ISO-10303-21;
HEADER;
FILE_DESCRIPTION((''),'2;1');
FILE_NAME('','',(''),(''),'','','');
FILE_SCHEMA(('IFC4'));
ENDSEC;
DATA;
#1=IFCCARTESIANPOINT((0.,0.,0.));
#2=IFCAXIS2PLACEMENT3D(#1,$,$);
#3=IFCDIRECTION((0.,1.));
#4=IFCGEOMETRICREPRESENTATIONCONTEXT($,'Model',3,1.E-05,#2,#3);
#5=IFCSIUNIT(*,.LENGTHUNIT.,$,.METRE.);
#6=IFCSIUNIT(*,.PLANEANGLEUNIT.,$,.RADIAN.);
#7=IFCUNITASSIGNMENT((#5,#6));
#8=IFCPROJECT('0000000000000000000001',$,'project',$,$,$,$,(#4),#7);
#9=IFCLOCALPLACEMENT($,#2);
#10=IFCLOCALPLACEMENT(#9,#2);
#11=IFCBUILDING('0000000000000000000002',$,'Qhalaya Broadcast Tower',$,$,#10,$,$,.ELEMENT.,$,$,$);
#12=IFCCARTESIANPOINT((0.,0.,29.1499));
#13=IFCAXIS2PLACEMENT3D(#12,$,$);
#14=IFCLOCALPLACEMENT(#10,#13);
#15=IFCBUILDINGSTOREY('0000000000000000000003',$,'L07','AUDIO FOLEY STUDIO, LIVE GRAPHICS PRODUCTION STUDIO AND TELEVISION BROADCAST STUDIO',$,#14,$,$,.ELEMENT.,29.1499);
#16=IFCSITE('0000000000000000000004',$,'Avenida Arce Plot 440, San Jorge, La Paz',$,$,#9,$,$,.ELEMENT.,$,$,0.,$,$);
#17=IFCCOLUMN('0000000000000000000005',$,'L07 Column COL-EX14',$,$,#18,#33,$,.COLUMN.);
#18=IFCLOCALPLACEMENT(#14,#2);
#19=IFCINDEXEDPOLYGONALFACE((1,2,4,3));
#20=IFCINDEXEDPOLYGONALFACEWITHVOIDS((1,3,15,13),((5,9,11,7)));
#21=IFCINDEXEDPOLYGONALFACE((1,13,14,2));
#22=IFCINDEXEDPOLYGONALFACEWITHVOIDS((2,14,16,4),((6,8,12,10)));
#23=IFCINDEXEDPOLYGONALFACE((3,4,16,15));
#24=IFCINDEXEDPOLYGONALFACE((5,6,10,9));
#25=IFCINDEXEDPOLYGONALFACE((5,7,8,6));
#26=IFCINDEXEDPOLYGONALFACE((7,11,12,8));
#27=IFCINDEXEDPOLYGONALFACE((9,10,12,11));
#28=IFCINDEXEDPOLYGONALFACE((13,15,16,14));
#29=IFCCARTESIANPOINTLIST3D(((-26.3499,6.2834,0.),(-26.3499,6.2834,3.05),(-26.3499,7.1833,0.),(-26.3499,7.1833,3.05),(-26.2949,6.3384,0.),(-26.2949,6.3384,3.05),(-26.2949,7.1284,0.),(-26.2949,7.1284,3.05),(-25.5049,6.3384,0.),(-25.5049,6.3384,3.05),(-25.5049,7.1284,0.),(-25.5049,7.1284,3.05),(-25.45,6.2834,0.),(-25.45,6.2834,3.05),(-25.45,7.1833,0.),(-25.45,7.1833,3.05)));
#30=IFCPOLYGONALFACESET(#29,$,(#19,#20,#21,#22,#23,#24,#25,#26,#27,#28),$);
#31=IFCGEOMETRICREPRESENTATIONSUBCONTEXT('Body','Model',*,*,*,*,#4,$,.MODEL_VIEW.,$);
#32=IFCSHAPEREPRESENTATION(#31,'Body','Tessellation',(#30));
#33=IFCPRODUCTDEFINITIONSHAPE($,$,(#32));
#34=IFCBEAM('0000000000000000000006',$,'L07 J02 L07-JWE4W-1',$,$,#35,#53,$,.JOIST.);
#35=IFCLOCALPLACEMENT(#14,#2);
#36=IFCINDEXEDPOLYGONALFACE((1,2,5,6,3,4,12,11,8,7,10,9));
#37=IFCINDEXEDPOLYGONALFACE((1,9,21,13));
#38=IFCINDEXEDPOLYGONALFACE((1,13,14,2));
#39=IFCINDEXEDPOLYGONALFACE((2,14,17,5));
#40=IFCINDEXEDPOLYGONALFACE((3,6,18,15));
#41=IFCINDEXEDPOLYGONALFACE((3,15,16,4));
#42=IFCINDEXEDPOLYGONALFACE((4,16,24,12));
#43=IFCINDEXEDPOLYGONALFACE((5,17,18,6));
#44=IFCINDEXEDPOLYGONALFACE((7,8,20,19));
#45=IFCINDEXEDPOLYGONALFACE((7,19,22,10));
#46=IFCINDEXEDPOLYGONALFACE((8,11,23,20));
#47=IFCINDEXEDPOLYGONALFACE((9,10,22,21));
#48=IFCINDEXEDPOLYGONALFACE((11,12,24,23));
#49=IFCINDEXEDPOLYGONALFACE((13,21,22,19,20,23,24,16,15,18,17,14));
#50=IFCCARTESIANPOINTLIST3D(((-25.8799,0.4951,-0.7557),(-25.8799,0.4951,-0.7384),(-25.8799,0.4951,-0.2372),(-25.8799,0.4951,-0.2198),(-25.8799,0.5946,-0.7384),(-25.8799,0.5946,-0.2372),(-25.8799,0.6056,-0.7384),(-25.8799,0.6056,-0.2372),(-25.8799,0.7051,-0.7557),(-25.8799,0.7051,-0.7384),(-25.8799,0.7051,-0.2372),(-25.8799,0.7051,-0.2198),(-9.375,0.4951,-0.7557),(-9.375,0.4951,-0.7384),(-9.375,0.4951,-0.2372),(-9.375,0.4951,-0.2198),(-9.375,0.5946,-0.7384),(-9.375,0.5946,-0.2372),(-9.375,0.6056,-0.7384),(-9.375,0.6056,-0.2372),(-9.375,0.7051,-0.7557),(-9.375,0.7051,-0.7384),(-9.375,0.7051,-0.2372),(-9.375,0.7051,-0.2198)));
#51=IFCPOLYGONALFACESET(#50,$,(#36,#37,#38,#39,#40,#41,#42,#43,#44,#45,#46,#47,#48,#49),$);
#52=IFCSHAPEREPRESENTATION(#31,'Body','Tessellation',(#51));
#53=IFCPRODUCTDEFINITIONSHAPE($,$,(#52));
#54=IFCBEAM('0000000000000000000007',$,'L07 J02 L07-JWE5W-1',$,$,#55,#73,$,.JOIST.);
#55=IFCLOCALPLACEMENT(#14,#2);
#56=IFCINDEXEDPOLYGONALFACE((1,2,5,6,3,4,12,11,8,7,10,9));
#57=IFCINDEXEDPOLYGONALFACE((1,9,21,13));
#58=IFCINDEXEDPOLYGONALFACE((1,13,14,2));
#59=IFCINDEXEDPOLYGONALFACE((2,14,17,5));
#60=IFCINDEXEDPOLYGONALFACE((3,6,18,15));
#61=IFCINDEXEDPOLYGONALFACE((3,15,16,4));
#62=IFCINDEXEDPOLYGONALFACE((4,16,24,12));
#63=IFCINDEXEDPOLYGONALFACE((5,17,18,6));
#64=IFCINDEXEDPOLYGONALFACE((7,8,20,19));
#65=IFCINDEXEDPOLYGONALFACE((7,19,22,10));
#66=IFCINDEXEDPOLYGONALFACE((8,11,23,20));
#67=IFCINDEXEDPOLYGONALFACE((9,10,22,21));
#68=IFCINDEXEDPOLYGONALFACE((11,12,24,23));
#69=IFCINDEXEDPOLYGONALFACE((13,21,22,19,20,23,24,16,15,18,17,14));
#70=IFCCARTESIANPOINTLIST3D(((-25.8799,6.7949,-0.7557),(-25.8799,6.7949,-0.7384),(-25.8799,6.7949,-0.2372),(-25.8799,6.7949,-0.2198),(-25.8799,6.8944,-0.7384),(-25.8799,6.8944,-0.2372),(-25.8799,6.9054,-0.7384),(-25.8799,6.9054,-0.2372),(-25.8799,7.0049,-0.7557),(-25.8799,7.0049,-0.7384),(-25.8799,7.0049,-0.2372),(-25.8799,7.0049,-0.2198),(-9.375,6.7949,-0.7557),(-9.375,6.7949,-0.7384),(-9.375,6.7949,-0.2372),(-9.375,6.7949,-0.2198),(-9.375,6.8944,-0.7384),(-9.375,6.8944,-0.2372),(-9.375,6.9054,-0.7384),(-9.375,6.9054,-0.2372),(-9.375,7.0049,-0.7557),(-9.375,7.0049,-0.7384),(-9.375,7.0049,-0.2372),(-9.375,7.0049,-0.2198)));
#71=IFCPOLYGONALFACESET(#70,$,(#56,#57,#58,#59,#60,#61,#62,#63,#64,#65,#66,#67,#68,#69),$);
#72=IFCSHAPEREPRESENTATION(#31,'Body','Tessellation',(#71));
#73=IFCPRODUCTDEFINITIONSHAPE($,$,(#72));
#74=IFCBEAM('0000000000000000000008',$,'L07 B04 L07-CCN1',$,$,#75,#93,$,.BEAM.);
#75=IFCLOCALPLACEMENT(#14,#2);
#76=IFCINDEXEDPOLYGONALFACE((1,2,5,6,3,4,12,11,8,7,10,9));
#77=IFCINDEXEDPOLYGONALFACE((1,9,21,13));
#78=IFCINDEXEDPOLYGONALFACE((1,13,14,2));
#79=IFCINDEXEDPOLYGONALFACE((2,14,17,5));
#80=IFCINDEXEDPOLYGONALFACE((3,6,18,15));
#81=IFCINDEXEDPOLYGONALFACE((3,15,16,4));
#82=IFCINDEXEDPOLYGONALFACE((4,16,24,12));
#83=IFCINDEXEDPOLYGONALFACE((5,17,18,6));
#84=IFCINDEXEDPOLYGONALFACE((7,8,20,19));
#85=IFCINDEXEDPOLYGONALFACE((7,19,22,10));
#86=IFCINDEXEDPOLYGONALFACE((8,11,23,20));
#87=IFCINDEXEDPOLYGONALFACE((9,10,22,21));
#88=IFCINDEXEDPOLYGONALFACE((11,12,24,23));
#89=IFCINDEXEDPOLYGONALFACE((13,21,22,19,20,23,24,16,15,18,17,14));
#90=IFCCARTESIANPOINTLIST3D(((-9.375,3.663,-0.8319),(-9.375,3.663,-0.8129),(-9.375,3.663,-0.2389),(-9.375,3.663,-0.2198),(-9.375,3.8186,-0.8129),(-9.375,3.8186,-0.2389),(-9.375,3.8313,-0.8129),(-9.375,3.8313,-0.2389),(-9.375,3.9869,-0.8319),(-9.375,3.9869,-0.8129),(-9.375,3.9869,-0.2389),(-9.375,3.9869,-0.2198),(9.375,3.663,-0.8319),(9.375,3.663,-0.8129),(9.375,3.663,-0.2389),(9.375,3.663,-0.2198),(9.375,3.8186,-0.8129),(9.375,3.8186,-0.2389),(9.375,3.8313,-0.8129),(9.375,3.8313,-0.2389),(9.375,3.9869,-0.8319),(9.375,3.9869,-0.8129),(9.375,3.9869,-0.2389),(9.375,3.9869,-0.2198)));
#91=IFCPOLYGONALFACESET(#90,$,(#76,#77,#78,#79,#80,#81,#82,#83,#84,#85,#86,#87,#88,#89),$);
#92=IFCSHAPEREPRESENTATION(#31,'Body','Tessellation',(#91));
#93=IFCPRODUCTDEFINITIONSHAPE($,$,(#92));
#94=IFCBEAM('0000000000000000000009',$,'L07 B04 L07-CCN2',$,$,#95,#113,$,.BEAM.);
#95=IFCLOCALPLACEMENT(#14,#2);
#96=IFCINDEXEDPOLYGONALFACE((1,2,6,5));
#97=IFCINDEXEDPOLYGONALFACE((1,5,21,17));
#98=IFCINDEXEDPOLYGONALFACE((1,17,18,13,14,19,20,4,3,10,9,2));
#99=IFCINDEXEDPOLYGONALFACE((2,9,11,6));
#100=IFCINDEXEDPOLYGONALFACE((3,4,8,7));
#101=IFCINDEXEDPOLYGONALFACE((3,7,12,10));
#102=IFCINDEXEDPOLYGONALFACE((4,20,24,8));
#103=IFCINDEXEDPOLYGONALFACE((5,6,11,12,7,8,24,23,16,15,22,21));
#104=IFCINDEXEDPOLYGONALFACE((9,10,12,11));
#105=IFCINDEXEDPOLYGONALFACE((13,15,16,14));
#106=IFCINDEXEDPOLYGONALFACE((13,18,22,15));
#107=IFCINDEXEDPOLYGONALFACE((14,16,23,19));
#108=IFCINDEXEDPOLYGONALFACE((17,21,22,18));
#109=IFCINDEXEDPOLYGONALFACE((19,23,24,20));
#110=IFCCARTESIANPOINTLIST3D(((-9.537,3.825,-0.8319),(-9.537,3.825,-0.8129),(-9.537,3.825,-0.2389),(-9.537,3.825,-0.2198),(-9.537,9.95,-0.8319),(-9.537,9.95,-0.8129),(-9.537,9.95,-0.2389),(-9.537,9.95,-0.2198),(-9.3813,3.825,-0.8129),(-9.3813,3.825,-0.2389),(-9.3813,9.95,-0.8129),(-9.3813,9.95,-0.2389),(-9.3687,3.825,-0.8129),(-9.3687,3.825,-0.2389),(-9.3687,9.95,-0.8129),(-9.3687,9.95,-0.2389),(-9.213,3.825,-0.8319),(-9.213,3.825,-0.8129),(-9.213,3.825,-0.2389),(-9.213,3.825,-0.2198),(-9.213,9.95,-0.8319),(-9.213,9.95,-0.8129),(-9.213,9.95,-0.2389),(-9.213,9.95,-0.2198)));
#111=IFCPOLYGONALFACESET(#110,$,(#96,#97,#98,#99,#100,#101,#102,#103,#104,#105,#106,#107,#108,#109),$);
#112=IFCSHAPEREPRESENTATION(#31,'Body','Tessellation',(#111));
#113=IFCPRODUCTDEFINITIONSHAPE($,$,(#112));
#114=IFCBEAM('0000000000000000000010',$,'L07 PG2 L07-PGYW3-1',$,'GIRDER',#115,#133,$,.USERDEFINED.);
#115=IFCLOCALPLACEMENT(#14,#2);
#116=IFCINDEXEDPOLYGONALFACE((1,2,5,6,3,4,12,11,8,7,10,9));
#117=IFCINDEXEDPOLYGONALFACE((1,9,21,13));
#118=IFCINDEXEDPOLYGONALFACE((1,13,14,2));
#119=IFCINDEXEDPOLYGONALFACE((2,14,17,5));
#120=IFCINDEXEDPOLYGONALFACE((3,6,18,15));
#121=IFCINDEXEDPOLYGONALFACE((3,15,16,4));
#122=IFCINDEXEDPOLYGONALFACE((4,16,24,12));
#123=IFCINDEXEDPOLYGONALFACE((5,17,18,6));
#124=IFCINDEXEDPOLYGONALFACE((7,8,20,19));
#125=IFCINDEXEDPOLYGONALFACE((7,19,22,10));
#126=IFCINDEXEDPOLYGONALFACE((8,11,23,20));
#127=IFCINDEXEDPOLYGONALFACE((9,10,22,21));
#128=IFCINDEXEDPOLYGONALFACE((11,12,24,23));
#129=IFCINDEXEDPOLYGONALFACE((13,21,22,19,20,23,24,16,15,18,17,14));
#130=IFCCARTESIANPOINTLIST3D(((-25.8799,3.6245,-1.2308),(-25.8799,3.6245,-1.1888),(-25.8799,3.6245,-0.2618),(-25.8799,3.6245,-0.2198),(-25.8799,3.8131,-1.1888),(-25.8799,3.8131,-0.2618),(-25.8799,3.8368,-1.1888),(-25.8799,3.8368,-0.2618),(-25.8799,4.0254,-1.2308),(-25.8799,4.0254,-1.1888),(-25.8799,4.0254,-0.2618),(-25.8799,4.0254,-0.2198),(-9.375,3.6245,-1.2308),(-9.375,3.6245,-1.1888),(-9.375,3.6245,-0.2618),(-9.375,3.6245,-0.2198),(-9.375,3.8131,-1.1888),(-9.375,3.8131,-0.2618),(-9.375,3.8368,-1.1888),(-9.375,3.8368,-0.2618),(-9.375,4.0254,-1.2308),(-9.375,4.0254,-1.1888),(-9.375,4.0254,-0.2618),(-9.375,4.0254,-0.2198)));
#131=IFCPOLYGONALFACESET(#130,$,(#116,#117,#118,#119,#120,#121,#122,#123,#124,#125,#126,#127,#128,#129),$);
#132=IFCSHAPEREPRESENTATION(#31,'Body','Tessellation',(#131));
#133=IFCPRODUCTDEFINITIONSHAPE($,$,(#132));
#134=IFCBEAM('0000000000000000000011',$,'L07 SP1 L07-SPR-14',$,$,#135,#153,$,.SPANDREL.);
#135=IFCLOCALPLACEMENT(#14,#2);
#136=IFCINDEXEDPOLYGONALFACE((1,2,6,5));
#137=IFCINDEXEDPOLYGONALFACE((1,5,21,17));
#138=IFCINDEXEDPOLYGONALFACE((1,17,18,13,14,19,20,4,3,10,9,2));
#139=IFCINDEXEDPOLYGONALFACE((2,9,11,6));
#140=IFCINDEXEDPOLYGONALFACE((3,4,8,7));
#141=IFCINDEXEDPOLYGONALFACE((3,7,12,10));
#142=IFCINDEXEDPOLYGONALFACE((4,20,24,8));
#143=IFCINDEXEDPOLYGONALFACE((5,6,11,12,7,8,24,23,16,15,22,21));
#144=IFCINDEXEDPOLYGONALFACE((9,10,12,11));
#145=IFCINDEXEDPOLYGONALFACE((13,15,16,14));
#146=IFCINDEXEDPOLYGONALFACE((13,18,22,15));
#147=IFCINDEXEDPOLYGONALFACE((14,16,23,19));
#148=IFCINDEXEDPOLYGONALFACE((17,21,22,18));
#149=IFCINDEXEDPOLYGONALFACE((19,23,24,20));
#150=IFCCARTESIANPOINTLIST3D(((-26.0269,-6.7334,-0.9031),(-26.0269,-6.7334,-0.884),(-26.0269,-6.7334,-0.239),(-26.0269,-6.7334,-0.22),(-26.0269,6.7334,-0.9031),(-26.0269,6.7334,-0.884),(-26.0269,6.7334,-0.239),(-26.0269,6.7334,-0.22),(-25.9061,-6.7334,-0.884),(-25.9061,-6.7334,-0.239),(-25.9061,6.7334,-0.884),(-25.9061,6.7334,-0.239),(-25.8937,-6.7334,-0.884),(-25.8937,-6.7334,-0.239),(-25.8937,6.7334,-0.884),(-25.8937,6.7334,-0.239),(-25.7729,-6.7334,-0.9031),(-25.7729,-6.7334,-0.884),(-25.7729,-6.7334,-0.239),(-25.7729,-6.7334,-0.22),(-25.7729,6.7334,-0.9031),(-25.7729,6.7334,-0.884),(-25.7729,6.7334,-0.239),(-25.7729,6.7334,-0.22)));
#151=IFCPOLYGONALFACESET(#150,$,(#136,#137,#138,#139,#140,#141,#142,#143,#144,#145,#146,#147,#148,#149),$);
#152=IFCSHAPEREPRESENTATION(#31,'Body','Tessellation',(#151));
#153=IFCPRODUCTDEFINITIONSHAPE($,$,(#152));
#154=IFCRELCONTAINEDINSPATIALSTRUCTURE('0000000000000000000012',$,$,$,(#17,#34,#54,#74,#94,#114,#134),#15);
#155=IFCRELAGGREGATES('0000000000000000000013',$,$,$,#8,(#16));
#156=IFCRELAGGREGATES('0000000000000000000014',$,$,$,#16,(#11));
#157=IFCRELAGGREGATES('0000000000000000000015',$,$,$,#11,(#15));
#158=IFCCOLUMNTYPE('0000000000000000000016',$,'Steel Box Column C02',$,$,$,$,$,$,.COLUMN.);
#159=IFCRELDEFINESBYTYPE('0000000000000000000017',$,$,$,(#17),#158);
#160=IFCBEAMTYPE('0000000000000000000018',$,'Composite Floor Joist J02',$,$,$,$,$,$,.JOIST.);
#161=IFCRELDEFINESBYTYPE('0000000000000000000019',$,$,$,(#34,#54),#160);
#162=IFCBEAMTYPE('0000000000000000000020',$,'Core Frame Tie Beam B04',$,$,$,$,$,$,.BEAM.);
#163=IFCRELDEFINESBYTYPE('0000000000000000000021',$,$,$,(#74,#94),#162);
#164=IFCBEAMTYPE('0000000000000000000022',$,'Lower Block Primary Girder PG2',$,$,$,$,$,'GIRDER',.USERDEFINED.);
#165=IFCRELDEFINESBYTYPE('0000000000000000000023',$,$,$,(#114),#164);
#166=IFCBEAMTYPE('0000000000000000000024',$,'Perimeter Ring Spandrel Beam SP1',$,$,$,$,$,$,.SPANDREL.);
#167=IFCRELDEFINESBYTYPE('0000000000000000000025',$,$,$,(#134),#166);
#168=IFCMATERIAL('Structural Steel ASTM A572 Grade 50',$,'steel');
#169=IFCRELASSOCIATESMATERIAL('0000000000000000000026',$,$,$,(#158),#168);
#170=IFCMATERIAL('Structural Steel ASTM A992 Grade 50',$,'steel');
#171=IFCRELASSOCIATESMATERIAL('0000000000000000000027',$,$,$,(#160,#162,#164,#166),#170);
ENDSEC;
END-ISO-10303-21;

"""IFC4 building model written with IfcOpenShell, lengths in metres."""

from ifc_helpers import new_model, si_unit, direction, frame, origin, origin_2d, place, context, subcontext, project, spatial, hollow_rectangle, i_section, extrude, material, material_profile, profile_set, type_object, element, save


model = new_model("IFC4")

# Units and contexts
model_context = context("Model", 3, precision=1e-05, world=origin(), true_north=direction((0.0, 1.0)))
body_context = subcontext(model_context, "Body", "Model", "MODEL_VIEW")
ifc_project = project(units=[si_unit("LENGTHUNIT", "METRE"), si_unit("PLANEANGLEUNIT", "RADIAN")], contexts=[model_context])

# Site, building, storey
site_placement = place(None, origin())
site = spatial("IfcSite", under=ifc_project, at=site_placement, Name="Avenida Arce Plot 440, San Jorge, La Paz", CompositionType="ELEMENT", RefElevation=0.0)
building_placement = place(site_placement, origin())
building = spatial("IfcBuilding", under=site, at=building_placement, Name="Qhalaya Broadcast Tower", CompositionType="ELEMENT")
storey_placement = place(building_placement, frame((0.0, 0.0, 29.1499)))
storey = spatial("IfcBuildingStorey", under=building, at=storey_placement, Name="L07", Description="AUDIO FOLEY STUDIO, LIVE GRAPHICS PRODUCTION STUDIO AND TELEVISION BROADCAST STUDIO", CompositionType="ELEMENT", Elevation=29.1499)

# Column
ifc_material_1 = material(Name="Structural Steel ASTM A572 Grade 50", Category="steel")
ifc_material_profile_1 = material_profile(ifc_material_1, hollow_rectangle(XDim=0.8999, YDim=0.8999, WallThickness=0.0549, at=origin_2d()), Name="BOX 900x900x55")
ifc_profile_set_1 = profile_set([ifc_material_profile_1], Name="Structural Steel ASTM A572 Grade 50")
column_type = type_object("IfcColumnType", Name="Steel Box Column C02", PredefinedType="COLUMN", material=ifc_profile_set_1)
column_placement = place(storey_placement, frame((-25.8999, 6.7334, 0.0), z_axis=(0.0, 0.0, 1.0), x_axis=(0.0, 1.0, 0.0)))
element("IfcColumn", 1, at=column_placement, inside=storey, type_object=column_type, Name="L07 Column COL-EX14", PredefinedType="COLUMN", context=body_context, shape_type="SweptSolid", body=[
    extrude(hollow_rectangle(XDim=0.8999, YDim=0.8999, WallThickness=0.0549, at=origin_2d()), origin(), (0.0, 0.0, 1.0), 3.05),
])

# Beams
ifc_material_2 = material(Name="Structural Steel ASTM A992 Grade 50", Category="steel")
ifc_material_profile_2 = material_profile(ifc_material_2, i_section(OverallWidth=0.21, OverallDepth=0.5359, WebThickness=0.011, FlangeThickness=0.0173, at=origin_2d()), Name="W21X68")
ifc_profile_set_2 = profile_set([ifc_material_profile_2], Name="Structural Steel ASTM A992 Grade 50")
beam_type_1 = type_object("IfcBeamType", Name="Composite Floor Joist J02", PredefinedType="JOIST", material=ifc_profile_set_2)
for number, where, z_axis, x_axis, name in (
    (2, (-25.8799, 0.6001, -0.4878), (1.0, 0.0, 0.0), (0.0, 1.0, 0.0), "L07 J02 L07-JWE4W-1"),
    (3, (-25.8799, 6.8999, -0.4878), (1.0, 0.0, 0.0), (0.0, 1.0, 0.0), "L07 J02 L07-JWE5W-1"),
):
    element("IfcBeam", number, at=place(storey_placement, frame(where, z_axis=z_axis, x_axis=x_axis)), inside=storey, type_object=beam_type_1, Name=name, PredefinedType="JOIST", context=body_context, shape_type="SweptSolid", body=[
        extrude(i_section(OverallWidth=0.21, OverallDepth=0.5359, WebThickness=0.011, FlangeThickness=0.0173, at=origin_2d()), origin(), (0.0, 0.0, 1.0), 16.5049),
    ])
ifc_material_profile_3 = material_profile(ifc_material_2, i_section(OverallWidth=0.324, OverallDepth=0.6121, WebThickness=0.0127, FlangeThickness=0.019, at=origin_2d()), Name="W24X104")
ifc_profile_set_3 = profile_set([ifc_material_profile_3], Name="Structural Steel ASTM A992 Grade 50")
beam_type_2 = type_object("IfcBeamType", Name="Core Frame Tie Beam B04", PredefinedType="BEAM", material=ifc_profile_set_3)
beam_1_placement = place(storey_placement, frame((-9.375, 3.825, -0.5259), z_axis=(1.0, 0.0, 0.0), x_axis=(0.0, 1.0, 0.0)))
element("IfcBeam", 4, at=beam_1_placement, inside=storey, type_object=beam_type_2, Name="L07 B04 L07-CCN1", PredefinedType="BEAM", context=body_context, shape_type="SweptSolid", body=[
    extrude(i_section(OverallWidth=0.324, OverallDepth=0.6121, WebThickness=0.0127, FlangeThickness=0.019, at=origin_2d()), origin(), (0.0, 0.0, 1.0), 18.75),
])
beam_2_placement = place(storey_placement, frame((-9.375, 3.825, -0.5259), z_axis=(0.0, 1.0, 0.0), x_axis=(-1.0, 0.0, 0.0)))
element("IfcBeam", 5, at=beam_2_placement, inside=storey, type_object=beam_type_2, Name="L07 B04 L07-CCN2", PredefinedType="BEAM", context=body_context, shape_type="SweptSolid", body=[
    extrude(i_section(OverallWidth=0.324, OverallDepth=0.6121, WebThickness=0.0127, FlangeThickness=0.019, at=origin_2d()), origin(), (0.0, 0.0, 1.0), 6.125),
])
ifc_material_profile_4 = material_profile(ifc_material_2, i_section(OverallWidth=0.4009, OverallDepth=1.011, WebThickness=0.0237, FlangeThickness=0.042, at=origin_2d()), Name="W40X297")
ifc_profile_set_4 = profile_set([ifc_material_profile_4], Name="Structural Steel ASTM A992 Grade 50")
beam_type_3 = type_object("IfcBeamType", Name="Lower Block Primary Girder PG2", ElementType="GIRDER", PredefinedType="USERDEFINED", material=ifc_profile_set_4)
beam_3_placement = place(storey_placement, frame((-25.8799, 3.825, -0.7253), z_axis=(1.0, 0.0, 0.0), x_axis=(0.0, 1.0, 0.0)))
element("IfcBeam", 6, at=beam_3_placement, inside=storey, type_object=beam_type_3, Name="L07 PG2 L07-PGYW3-1", ObjectType="GIRDER", PredefinedType="USERDEFINED", context=body_context, shape_type="SweptSolid", body=[
    extrude(i_section(OverallWidth=0.4009, OverallDepth=1.011, WebThickness=0.0237, FlangeThickness=0.042, at=origin_2d()), origin(), (0.0, 0.0, 1.0), 16.5049),
])
ifc_material_profile_5 = material_profile(ifc_material_2, i_section(OverallWidth=0.2539, OverallDepth=0.6831, WebThickness=0.0125, FlangeThickness=0.019, at=origin_2d()), Name="W27X94")
ifc_profile_set_5 = profile_set([ifc_material_profile_5], Name="Structural Steel ASTM A992 Grade 50")
beam_type_4 = type_object("IfcBeamType", Name="Perimeter Ring Spandrel Beam SP1", PredefinedType="SPANDREL", material=ifc_profile_set_5)
beam_4_placement = place(storey_placement, frame((-25.8999, 6.7334, -0.5615), z_axis=(0.0, -1.0, 0.0), x_axis=(1.0, 0.0, 0.0)))
element("IfcBeam", 7, at=beam_4_placement, inside=storey, type_object=beam_type_4, Name="L07 SP1 L07-SPR-14", PredefinedType="SPANDREL", context=body_context, shape_type="SweptSolid", body=[
    extrude(i_section(OverallWidth=0.2539, OverallDepth=0.6831, WebThickness=0.0125, FlangeThickness=0.019, at=origin_2d()), origin(), (0.0, 0.0, 1.0), 13.4668),
])

save(model, "model.ifc")
